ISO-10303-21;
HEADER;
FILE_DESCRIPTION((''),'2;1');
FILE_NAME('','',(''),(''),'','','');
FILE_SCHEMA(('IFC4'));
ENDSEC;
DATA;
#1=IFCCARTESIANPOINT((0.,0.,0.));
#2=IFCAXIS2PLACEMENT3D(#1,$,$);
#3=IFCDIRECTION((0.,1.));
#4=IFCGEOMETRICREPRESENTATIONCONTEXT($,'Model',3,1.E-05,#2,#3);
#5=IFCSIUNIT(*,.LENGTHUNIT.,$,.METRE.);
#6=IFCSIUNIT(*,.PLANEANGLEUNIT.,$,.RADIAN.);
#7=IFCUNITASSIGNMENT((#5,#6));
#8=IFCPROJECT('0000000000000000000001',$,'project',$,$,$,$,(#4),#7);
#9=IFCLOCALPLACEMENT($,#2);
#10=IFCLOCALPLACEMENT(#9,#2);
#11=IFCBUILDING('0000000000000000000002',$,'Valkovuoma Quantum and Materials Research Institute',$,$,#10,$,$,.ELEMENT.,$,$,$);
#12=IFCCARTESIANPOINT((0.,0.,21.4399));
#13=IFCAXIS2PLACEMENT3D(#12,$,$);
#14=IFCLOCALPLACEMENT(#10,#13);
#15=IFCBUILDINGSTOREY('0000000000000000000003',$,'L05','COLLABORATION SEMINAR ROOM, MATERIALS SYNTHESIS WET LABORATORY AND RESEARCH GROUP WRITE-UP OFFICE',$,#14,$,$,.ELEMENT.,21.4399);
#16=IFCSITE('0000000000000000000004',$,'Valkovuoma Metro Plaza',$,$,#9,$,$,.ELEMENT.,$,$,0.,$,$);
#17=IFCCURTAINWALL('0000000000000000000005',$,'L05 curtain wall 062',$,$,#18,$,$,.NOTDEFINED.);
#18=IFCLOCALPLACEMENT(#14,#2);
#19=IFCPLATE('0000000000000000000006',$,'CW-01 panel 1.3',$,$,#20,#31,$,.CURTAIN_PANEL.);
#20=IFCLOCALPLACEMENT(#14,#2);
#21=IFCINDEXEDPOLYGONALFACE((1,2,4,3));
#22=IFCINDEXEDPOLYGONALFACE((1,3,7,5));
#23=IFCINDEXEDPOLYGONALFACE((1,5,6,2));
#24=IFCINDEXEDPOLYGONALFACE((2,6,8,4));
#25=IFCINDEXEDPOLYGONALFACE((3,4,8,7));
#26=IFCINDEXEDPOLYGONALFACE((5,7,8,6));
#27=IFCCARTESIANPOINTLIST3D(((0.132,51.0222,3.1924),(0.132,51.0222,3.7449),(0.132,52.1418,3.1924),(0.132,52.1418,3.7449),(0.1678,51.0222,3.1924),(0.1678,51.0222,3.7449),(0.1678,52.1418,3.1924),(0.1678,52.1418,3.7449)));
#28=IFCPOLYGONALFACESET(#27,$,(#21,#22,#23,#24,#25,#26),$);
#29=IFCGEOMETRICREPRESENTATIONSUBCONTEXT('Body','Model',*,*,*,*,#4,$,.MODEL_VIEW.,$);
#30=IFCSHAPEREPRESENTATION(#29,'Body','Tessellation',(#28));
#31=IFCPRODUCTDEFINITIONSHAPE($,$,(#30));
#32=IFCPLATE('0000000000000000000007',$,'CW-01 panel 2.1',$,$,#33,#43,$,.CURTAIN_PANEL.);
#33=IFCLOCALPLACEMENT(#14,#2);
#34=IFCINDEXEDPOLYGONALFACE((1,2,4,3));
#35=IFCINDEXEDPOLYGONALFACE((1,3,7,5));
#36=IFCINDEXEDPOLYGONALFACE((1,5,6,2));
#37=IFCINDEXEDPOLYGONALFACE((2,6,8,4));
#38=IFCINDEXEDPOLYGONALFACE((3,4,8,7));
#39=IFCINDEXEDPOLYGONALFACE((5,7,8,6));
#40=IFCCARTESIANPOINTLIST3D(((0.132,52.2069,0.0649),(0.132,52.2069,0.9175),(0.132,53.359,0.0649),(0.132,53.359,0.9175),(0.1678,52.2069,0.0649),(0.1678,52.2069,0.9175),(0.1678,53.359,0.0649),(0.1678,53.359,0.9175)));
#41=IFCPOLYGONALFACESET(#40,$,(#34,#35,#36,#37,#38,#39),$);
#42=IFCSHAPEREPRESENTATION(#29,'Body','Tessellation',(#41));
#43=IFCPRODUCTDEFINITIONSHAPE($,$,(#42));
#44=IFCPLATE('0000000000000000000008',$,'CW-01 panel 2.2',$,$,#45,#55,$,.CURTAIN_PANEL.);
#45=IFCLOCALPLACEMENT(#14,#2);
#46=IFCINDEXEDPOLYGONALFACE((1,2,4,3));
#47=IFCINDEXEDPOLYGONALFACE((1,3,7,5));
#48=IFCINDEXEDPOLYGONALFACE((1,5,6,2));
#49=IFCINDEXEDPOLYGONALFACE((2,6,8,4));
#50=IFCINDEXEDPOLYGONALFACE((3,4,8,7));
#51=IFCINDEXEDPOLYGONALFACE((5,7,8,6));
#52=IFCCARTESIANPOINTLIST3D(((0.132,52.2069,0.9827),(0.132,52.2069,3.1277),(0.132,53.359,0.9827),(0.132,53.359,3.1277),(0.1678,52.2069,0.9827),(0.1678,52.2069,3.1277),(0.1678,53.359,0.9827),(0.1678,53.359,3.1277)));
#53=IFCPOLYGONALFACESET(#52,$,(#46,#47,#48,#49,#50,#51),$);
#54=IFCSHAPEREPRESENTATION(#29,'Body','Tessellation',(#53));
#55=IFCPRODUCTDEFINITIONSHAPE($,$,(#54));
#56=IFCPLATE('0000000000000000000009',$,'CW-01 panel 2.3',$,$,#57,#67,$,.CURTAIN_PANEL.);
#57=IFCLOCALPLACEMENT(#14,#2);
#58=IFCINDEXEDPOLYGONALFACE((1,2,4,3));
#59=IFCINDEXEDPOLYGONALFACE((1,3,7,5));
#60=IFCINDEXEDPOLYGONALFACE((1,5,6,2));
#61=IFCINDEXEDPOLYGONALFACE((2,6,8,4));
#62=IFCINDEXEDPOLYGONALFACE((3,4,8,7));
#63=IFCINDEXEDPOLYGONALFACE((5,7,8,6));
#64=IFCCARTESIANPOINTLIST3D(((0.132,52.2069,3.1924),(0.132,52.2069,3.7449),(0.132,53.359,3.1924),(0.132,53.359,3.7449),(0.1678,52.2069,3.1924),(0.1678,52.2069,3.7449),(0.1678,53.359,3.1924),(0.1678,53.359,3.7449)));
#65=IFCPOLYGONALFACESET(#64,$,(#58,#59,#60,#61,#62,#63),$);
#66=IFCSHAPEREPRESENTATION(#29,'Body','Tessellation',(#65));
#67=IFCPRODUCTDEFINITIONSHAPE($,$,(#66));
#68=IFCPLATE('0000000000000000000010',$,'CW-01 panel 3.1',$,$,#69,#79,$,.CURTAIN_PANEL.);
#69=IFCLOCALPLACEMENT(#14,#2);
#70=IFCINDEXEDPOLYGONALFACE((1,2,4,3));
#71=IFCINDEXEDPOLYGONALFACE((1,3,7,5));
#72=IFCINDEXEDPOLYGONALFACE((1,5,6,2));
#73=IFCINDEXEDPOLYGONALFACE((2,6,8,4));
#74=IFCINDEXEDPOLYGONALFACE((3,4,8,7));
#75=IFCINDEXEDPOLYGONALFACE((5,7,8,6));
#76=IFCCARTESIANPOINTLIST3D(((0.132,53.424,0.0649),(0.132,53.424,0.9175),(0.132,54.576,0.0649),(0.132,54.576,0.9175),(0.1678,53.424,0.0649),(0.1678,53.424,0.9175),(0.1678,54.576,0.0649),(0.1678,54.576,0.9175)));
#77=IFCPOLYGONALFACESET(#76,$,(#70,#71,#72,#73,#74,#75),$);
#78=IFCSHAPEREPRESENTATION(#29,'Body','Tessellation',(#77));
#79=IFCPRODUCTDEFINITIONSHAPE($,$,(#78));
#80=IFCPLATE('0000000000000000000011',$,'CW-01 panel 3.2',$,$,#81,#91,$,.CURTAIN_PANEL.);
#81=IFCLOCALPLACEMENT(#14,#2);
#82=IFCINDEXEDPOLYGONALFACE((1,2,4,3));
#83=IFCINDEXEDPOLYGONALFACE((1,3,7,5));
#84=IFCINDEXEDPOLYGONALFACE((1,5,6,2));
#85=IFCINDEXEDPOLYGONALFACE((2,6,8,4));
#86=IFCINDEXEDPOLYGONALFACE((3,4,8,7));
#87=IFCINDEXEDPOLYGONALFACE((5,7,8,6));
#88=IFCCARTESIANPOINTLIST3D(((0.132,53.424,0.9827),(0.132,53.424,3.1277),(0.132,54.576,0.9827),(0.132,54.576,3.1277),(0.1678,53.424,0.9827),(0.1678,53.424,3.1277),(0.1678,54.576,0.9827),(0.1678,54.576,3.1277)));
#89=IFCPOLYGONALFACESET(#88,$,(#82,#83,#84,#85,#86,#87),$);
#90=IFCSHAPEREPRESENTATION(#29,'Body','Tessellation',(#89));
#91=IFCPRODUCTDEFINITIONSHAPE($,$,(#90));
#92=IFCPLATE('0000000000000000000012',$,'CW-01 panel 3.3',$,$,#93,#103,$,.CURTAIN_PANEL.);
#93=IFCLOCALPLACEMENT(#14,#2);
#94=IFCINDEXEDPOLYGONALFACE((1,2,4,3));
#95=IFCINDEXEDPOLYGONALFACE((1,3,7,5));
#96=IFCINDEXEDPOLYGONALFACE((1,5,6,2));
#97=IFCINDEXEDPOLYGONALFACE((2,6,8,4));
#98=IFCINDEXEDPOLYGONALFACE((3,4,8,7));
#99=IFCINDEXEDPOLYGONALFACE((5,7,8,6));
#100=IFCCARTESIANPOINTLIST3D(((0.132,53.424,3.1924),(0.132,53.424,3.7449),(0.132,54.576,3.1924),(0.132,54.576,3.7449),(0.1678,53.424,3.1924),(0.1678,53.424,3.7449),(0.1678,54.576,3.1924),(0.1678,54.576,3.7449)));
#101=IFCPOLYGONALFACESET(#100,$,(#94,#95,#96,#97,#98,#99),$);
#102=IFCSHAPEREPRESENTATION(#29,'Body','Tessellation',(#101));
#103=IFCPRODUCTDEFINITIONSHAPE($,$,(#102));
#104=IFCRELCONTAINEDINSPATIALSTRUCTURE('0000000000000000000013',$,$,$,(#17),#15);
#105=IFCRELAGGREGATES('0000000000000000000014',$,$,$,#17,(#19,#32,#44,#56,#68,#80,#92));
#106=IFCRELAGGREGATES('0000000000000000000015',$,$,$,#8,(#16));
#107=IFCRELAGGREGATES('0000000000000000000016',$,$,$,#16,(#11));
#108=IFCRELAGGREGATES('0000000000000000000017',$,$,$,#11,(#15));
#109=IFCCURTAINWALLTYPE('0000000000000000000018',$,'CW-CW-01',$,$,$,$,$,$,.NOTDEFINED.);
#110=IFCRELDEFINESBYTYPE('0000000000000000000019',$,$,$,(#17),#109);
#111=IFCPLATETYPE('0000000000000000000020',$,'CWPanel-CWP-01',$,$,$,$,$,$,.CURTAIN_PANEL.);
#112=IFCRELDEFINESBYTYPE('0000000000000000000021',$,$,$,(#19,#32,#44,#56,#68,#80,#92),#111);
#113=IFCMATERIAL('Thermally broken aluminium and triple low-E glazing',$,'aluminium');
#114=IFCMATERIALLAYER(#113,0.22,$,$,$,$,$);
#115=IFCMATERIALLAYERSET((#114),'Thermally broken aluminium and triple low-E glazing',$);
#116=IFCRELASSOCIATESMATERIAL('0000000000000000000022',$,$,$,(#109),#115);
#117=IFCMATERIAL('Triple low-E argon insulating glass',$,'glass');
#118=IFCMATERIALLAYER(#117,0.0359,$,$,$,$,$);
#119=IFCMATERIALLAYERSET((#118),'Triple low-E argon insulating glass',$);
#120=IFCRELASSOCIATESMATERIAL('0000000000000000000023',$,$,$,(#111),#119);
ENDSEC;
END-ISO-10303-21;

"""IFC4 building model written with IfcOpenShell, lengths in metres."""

from ifc_helpers import new_model, si_unit, direction, frame, origin, origin_2d, place, context, subcontext, project, spatial, rectangle, extrude, material, layer, layer_set, type_object, element, aggregate, save


model = new_model("IFC4")

# Units and contexts
model_context = context("Model", 3, precision=1e-05, world=origin(), true_north=direction((0.0, 1.0)))
body_context = subcontext(model_context, "Body", "Model", "MODEL_VIEW")
ifc_project = project(units=[si_unit("LENGTHUNIT", "METRE"), si_unit("PLANEANGLEUNIT", "RADIAN")], contexts=[model_context])

# Site, building, storey
site_placement = place(None, origin())
site = spatial("IfcSite", under=ifc_project, at=site_placement, Name="Valkovuoma Metro Plaza", CompositionType="ELEMENT", RefElevation=0.0)
building_placement = place(site_placement, origin())
building = spatial("IfcBuilding", under=site, at=building_placement, Name="Valkovuoma Quantum and Materials Research Institute", CompositionType="ELEMENT")
storey_placement = place(building_placement, frame((0.0, 0.0, 21.4399)))
storey = spatial("IfcBuildingStorey", under=building, at=storey_placement, Name="L05", Description="COLLABORATION SEMINAR ROOM, MATERIALS SYNTHESIS WET LABORATORY AND RESEARCH GROUP WRITE-UP OFFICE", CompositionType="ELEMENT", Elevation=21.4399)

# Curtain wall, plates
ifc_material_1 = material(Name="Thermally broken aluminium and triple low-E glazing", Category="aluminium")
ifc_layer_1 = layer(ifc_material_1, 0.22)
ifc_layer_set_1 = layer_set([ifc_layer_1], Name="Thermally broken aluminium and triple low-E glazing")
curtain_wall_type = type_object("IfcCurtainWallType", Name="CW-CW-01", PredefinedType="NOTDEFINED", material=ifc_layer_set_1)
curtain_wall_placement = place(storey_placement, origin())
curtain_wall = element("IfcCurtainWall", 1, at=curtain_wall_placement, inside=storey, type_object=curtain_wall_type, Name="L05 curtain wall 062", PredefinedType="NOTDEFINED")
ifc_material_2 = material(Name="Triple low-E argon insulating glass", Category="glass")
ifc_layer_2 = layer(ifc_material_2, 0.0359)
ifc_layer_set_2 = layer_set([ifc_layer_2], Name="Triple low-E argon insulating glass")
plate_type = type_object("IfcPlateType", Name="CWPanel-CWP-01", PredefinedType="CURTAIN_PANEL", material=ifc_layer_set_2)
plate_1_placement = place(storey_placement, frame((0.1499, 51.582, 3.1924), z_axis=(0.0, 0.0, 1.0), x_axis=(0.0, 1.0, 0.0)))
plate_1 = element("IfcPlate", 2, at=plate_1_placement, type_object=plate_type, Name="CW-01 panel 1.3", PredefinedType="CURTAIN_PANEL", context=body_context, shape_type="SweptSolid", body=[
    extrude(rectangle(XDim=1.1196, YDim=0.0359, at=origin_2d()), origin(), (0.0, 0.0, 1.0), 0.5525),
])
plate_2_placement = place(storey_placement, frame((0.1499, 52.783, 0.0649), z_axis=(0.0, 0.0, 1.0), x_axis=(0.0, 1.0, 0.0)))
plate_2 = element("IfcPlate", 3, at=plate_2_placement, type_object=plate_type, Name="CW-01 panel 2.1", PredefinedType="CURTAIN_PANEL", context=body_context, shape_type="SweptSolid", body=[
    extrude(rectangle(XDim=1.1521, YDim=0.0359, at=origin_2d()), origin(), (0.0, 0.0, 1.0), 0.8525),
])
plate_3_placement = place(storey_placement, frame((0.1499, 52.783, 0.9827), z_axis=(0.0, 0.0, 1.0), x_axis=(0.0, 1.0, 0.0)))
plate_3 = element("IfcPlate", 4, at=plate_3_placement, type_object=plate_type, Name="CW-01 panel 2.2", PredefinedType="CURTAIN_PANEL", context=body_context, shape_type="SweptSolid", body=[
    extrude(rectangle(XDim=1.1521, YDim=0.0359, at=origin_2d()), origin(), (0.0, 0.0, 1.0), 2.145),
])
plate_4_placement = place(storey_placement, frame((0.1499, 52.783, 3.1924), z_axis=(0.0, 0.0, 1.0), x_axis=(0.0, 1.0, 0.0)))
plate_4 = element("IfcPlate", 5, at=plate_4_placement, type_object=plate_type, Name="CW-01 panel 2.3", PredefinedType="CURTAIN_PANEL", context=body_context, shape_type="SweptSolid", body=[
    extrude(rectangle(XDim=1.1521, YDim=0.0359, at=origin_2d()), origin(), (0.0, 0.0, 1.0), 0.5525),
])
plate_5_placement = place(storey_placement, frame((0.1499, 54.0, 0.0649), z_axis=(0.0, 0.0, 1.0), x_axis=(0.0, 1.0, 0.0)))
plate_5 = element("IfcPlate", 6, at=plate_5_placement, type_object=plate_type, Name="CW-01 panel 3.1", PredefinedType="CURTAIN_PANEL", context=body_context, shape_type="SweptSolid", body=[
    extrude(rectangle(XDim=1.1521, YDim=0.0359, at=origin_2d()), origin(), (0.0, 0.0, 1.0), 0.8525),
])
plate_6_placement = place(storey_placement, frame((0.1499, 54.0, 0.9827), z_axis=(0.0, 0.0, 1.0), x_axis=(0.0, 1.0, 0.0)))
plate_6 = element("IfcPlate", 7, at=plate_6_placement, type_object=plate_type, Name="CW-01 panel 3.2", PredefinedType="CURTAIN_PANEL", context=body_context, shape_type="SweptSolid", body=[
    extrude(rectangle(XDim=1.1521, YDim=0.0359, at=origin_2d()), origin(), (0.0, 0.0, 1.0), 2.145),
])
plate_7_placement = place(storey_placement, frame((0.1499, 54.0, 3.1924), z_axis=(0.0, 0.0, 1.0), x_axis=(0.0, 1.0, 0.0)))
plate_7 = element("IfcPlate", 8, at=plate_7_placement, type_object=plate_type, Name="CW-01 panel 3.3", PredefinedType="CURTAIN_PANEL", context=body_context, shape_type="SweptSolid", body=[
    extrude(rectangle(XDim=1.1521, YDim=0.0359, at=origin_2d()), origin(), (0.0, 0.0, 1.0), 0.5525),
])
aggregate(curtain_wall, [plate_1, plate_2, plate_3, plate_4, plate_5, plate_6, plate_7])

save(model, "model.ifc")
